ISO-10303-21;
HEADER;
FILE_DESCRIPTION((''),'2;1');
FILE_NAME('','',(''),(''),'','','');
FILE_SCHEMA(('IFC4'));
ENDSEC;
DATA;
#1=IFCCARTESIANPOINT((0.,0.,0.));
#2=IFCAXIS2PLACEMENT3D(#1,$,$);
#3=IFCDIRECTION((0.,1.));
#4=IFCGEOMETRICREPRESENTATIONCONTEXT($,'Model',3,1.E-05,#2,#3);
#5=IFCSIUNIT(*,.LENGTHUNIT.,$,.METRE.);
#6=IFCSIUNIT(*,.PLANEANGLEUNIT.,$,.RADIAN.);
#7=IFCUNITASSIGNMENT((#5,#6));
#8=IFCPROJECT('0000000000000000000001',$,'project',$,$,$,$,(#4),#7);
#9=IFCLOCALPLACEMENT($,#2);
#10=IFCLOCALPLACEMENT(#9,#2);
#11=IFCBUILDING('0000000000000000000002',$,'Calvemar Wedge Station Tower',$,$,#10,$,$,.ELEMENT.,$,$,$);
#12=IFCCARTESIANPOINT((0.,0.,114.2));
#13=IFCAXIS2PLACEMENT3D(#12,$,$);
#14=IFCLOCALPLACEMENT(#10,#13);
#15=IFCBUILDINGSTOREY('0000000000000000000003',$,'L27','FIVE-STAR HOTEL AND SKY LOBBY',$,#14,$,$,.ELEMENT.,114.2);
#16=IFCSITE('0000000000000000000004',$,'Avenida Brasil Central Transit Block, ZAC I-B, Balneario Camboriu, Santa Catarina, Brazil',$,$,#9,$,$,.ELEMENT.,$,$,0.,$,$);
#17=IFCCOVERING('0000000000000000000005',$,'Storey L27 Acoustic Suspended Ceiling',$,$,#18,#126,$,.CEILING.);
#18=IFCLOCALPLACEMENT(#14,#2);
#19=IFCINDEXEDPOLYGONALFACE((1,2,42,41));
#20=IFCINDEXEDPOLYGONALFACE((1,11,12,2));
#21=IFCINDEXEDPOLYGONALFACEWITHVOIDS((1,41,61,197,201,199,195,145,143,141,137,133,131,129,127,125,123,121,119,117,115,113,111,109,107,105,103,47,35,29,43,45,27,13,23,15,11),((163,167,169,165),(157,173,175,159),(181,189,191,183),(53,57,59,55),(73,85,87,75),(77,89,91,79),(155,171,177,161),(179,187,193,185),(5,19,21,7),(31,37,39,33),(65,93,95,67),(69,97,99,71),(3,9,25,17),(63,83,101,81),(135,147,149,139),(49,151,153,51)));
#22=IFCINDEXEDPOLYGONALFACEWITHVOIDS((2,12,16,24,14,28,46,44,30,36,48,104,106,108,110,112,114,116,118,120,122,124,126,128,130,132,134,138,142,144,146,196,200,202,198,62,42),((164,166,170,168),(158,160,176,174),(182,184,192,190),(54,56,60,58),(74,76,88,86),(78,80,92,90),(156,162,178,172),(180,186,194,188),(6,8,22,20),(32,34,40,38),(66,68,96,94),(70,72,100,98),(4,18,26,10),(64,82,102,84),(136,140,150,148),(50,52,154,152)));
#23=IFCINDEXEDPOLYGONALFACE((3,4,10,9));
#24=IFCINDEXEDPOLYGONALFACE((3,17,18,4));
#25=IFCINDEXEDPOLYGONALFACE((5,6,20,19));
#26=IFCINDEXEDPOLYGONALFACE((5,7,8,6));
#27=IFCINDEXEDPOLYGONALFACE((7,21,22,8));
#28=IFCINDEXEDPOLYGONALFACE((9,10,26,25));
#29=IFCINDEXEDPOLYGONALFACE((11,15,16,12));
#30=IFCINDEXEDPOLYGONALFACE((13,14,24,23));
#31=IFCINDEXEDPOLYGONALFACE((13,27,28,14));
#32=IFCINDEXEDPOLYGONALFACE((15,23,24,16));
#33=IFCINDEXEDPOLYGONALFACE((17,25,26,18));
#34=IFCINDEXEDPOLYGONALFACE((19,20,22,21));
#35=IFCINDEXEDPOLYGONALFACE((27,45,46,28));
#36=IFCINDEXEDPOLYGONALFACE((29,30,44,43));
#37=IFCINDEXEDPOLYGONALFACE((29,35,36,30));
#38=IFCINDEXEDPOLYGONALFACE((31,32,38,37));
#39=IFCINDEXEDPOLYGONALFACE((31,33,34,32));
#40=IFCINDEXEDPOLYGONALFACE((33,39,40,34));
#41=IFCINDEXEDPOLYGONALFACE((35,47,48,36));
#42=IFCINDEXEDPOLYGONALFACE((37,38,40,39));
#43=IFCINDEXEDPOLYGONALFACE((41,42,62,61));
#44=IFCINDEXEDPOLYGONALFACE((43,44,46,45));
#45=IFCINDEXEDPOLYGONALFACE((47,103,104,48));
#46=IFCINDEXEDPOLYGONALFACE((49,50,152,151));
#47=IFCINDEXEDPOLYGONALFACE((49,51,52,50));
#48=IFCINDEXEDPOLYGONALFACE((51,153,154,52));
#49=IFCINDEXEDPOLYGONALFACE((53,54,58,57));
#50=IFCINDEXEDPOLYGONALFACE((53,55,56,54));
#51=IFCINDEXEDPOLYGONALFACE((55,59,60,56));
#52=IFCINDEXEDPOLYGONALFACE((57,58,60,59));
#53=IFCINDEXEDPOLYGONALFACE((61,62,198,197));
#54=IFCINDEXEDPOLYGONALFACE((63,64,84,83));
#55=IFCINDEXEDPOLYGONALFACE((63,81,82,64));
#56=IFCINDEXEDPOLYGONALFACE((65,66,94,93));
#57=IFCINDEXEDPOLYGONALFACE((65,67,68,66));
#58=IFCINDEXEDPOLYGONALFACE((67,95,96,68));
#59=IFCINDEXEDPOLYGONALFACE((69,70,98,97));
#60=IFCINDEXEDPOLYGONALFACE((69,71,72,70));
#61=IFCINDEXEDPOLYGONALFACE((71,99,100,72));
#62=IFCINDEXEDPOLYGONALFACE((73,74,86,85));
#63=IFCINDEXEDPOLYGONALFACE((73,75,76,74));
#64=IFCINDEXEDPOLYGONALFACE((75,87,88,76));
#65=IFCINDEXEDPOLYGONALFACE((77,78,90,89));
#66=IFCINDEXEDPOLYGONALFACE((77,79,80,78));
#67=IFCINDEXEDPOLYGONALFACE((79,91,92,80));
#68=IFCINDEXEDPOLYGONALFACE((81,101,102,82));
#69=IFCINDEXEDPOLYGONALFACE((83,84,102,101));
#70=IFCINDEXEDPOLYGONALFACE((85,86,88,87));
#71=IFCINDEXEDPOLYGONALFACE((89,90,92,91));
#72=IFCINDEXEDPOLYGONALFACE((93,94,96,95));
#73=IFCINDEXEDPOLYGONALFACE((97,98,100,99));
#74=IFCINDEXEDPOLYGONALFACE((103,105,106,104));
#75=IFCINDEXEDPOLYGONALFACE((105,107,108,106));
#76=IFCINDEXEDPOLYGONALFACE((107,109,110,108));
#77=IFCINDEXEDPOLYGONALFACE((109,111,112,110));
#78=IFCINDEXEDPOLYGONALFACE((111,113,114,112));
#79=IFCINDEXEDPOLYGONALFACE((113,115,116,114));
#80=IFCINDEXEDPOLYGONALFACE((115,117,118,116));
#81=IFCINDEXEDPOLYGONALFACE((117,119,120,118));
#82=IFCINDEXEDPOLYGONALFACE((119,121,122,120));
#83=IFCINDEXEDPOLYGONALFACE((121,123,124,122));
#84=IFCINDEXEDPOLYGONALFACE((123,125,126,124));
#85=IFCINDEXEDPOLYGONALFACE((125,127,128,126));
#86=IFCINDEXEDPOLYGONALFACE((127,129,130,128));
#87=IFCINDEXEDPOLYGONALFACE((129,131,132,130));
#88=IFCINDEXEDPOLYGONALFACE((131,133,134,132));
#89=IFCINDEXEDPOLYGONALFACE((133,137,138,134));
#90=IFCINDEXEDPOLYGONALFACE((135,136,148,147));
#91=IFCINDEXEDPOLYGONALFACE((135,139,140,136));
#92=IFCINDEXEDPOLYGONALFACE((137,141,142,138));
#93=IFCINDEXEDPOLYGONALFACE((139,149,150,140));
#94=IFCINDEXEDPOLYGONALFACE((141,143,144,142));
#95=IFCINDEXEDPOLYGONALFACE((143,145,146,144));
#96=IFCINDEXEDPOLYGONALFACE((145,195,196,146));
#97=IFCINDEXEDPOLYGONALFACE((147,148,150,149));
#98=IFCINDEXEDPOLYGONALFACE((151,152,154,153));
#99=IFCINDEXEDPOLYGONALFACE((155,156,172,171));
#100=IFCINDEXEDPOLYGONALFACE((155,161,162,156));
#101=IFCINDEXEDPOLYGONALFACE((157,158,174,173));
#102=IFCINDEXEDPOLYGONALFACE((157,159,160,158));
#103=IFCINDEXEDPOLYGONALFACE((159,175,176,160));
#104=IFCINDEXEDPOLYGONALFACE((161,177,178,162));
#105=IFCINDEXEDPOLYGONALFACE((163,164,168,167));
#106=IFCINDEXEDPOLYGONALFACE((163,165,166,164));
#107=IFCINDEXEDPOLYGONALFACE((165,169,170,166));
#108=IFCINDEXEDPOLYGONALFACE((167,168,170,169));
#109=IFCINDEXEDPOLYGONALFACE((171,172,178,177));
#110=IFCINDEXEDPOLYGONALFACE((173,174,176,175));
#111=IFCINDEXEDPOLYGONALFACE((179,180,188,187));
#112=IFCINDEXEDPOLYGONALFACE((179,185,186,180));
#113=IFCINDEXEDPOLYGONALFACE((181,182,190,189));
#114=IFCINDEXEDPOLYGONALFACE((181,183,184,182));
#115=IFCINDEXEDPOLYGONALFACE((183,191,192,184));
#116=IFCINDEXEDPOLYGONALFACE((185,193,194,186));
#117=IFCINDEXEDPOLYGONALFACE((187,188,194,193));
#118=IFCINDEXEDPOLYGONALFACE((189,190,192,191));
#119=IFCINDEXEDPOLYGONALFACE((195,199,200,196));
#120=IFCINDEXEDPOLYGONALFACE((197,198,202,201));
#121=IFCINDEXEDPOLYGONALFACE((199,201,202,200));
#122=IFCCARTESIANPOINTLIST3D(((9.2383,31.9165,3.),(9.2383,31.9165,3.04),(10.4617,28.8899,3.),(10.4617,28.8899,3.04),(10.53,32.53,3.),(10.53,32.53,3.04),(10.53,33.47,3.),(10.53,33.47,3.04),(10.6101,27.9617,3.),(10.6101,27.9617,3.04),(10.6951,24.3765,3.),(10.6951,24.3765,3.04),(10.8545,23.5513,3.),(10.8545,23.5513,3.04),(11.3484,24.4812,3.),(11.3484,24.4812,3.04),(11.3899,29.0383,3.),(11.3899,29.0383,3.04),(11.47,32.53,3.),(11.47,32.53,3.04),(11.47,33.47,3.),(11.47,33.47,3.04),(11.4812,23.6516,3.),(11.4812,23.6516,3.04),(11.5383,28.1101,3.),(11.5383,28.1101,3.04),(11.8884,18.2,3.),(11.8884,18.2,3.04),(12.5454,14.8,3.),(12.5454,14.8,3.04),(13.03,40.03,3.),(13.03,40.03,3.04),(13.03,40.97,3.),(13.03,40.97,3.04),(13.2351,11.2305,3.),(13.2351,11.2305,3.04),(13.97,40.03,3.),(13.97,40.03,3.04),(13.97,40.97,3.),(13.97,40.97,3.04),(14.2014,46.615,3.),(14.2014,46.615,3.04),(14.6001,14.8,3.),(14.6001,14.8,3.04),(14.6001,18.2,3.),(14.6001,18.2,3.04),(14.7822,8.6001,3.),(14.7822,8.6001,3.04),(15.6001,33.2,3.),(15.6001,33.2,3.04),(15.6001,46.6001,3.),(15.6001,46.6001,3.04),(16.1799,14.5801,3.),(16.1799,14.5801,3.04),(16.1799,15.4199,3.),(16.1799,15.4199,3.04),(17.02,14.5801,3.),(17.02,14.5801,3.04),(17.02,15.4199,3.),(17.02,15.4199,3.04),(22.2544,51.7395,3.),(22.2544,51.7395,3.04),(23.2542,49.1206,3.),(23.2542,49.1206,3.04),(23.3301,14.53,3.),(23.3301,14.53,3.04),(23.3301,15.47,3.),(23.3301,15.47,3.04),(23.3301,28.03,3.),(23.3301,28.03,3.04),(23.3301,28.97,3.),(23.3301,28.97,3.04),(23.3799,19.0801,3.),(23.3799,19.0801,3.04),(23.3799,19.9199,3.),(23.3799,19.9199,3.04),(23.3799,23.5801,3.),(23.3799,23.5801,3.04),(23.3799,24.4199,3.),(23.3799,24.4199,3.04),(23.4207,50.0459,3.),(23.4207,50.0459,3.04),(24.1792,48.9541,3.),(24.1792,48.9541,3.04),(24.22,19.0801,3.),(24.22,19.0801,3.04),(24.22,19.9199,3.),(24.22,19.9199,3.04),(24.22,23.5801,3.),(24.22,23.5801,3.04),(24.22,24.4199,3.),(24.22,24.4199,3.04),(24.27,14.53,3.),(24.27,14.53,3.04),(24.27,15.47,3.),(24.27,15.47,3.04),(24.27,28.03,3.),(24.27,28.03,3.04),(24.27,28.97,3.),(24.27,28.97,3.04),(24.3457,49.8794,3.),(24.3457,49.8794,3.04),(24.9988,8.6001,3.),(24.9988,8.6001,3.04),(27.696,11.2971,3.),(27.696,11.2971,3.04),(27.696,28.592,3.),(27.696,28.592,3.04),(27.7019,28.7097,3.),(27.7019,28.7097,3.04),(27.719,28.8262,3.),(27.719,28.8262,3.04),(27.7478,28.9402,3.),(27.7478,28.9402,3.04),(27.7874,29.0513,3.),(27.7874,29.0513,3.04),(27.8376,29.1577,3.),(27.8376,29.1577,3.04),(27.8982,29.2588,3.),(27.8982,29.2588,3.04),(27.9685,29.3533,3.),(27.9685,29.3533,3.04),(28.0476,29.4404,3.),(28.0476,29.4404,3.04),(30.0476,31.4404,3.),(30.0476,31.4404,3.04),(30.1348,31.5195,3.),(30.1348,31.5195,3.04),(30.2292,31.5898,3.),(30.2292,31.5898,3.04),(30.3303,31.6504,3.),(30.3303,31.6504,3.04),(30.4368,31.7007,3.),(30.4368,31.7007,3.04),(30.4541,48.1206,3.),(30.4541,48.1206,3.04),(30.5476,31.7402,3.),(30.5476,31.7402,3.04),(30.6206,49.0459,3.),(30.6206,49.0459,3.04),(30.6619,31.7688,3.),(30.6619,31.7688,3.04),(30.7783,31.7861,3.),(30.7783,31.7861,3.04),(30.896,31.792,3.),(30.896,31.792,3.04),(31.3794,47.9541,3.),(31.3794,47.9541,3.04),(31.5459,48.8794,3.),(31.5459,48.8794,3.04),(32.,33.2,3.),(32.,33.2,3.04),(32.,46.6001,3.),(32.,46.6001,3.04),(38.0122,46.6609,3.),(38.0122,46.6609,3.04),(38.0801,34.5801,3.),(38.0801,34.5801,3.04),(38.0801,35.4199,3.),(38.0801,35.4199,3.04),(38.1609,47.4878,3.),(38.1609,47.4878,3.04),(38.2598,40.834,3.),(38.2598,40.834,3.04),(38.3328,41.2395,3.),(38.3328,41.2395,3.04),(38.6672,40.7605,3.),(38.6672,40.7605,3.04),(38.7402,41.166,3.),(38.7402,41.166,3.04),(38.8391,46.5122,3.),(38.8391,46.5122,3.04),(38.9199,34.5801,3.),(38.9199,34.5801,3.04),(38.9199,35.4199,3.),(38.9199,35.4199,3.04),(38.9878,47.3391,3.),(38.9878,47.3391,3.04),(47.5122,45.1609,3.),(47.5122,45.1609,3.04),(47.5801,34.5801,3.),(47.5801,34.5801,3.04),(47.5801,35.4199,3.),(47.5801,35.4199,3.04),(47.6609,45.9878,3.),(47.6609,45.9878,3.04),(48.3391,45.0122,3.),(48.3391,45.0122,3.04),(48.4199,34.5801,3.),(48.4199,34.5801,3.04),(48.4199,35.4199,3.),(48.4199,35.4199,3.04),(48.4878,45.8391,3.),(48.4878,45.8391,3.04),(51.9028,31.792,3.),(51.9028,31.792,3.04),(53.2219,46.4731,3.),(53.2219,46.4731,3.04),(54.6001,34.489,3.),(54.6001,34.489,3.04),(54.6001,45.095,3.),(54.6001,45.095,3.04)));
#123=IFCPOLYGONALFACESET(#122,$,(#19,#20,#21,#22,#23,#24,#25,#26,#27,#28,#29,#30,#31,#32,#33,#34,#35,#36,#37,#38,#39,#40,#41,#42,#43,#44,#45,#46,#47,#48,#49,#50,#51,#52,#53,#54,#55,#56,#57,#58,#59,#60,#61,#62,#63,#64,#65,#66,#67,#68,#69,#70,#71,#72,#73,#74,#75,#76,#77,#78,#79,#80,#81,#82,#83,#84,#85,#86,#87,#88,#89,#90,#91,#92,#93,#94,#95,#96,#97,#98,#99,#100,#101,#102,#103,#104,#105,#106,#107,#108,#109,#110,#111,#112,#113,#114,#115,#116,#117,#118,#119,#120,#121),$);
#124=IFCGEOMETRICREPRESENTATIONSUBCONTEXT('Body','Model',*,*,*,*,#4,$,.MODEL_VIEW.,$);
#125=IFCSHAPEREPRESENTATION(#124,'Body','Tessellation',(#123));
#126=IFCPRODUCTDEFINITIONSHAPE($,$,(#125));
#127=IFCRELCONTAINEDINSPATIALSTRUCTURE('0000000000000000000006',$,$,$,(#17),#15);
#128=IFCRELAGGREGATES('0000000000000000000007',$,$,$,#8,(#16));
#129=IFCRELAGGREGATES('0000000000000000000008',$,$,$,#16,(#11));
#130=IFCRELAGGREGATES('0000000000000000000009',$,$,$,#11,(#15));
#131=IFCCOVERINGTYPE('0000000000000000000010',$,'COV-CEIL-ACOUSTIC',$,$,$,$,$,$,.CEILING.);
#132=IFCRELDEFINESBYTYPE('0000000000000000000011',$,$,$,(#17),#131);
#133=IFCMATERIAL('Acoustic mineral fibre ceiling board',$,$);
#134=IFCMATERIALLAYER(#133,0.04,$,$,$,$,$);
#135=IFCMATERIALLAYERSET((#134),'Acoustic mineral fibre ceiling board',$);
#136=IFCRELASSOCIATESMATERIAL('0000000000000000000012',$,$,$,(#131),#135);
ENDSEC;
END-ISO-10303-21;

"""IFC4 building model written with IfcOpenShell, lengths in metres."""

from ifc_helpers import new_model, si_unit, direction, frame, origin, place, context, subcontext, project, spatial, polyline, outline, extrude, material, layer, layer_set, type_object, element, save


model = new_model("IFC4")

# Units and contexts
model_context = context("Model", 3, precision=1e-05, world=origin(), true_north=direction((0.0, 1.0)))
body_context = subcontext(model_context, "Body", "Model", "MODEL_VIEW")
ifc_project = project(units=[si_unit("LENGTHUNIT", "METRE"), si_unit("PLANEANGLEUNIT", "RADIAN")], contexts=[model_context])

# Site, building, storey
site_placement = place(None, origin())
site = spatial("IfcSite", under=ifc_project, at=site_placement, Name="Avenida Brasil Central Transit Block, ZAC I-B, Balneario Camboriu, Santa Catarina, Brazil", CompositionType="ELEMENT", RefElevation=0.0)
building_placement = place(site_placement, origin())
building = spatial("IfcBuilding", under=site, at=building_placement, Name="Calvemar Wedge Station Tower", CompositionType="ELEMENT")
storey_placement = place(building_placement, frame((0.0, 0.0, 114.2)))
storey = spatial("IfcBuildingStorey", under=building, at=storey_placement, Name="L27", Description="FIVE-STAR HOTEL AND SKY LOBBY", CompositionType="ELEMENT", Elevation=114.2)

# Covering
ifc_material_1 = material(Name="Acoustic mineral fibre ceiling board")
ifc_layer_1 = layer(ifc_material_1, 0.04)
ifc_layer_set_1 = layer_set([ifc_layer_1], Name="Acoustic mineral fibre ceiling board")
covering_type_1 = type_object("IfcCoveringType", Name="COV-CEIL-ACOUSTIC", PredefinedType="CEILING", material=ifc_layer_set_1)
covering_1_placement = place(storey_placement, frame((0.0, 0.0, 3.0)))
element("IfcCovering", 1, at=covering_1_placement, inside=storey, type_object=covering_type_1, Name="Storey L27 Acoustic Suspended Ceiling", PredefinedType="CEILING", context=body_context, shape_type="SweptSolid", body=[
    extrude(outline(polyline([(28.0476, 29.4404), (30.0476, 31.4404), (30.1348, 31.5195), (30.2292, 31.5898), (30.3303, 31.6504), (30.4368, 31.7007), (30.5476, 31.7402), (30.6619, 31.7688), (30.7783, 31.7861), (30.896, 31.792), (51.9028, 31.792), (54.6001, 34.489), (54.6001, 45.095), (53.2219, 46.4731), (22.2544, 51.7395), (14.2014, 46.615), (9.2383, 31.9165), (10.6951, 24.3765), (11.3484, 24.4812), (11.4812, 23.6516), (10.8545, 23.5513), (11.8884, 18.2), (14.6001, 18.2), (14.6001, 14.8), (12.5454, 14.8), (13.2351, 11.2305), (14.7822, 8.6001), (24.9988, 8.6001), (27.696, 11.2971), (27.696, 28.592), (27.7019, 28.7097), (27.719, 28.8262), (27.7478, 28.9402), (27.7874, 29.0513), (27.8376, 29.1577), (27.8982, 29.2588), (27.9685, 29.3533), (28.0476, 29.4404)]), holes=[polyline([(15.6001, 46.6001), (32.0, 46.6001), (32.0, 33.2), (15.6001, 33.2), (15.6001, 46.6001)]), polyline([(10.53, 32.53), (10.53, 33.47), (11.47, 33.47), (11.47, 32.53), (10.53, 32.53)]), polyline([(13.03, 40.97), (13.97, 40.97), (13.97, 40.03), (13.03, 40.03), (13.03, 40.97)]), polyline([(24.3457, 49.8794), (24.1792, 48.9541), (23.2542, 49.1206), (23.4207, 50.0459), (24.3457, 49.8794)]), polyline([(31.3794, 47.9541), (30.4541, 48.1206), (30.6206, 49.0459), (31.5459, 48.8794), (31.3794, 47.9541)]), polyline([(38.0122, 46.6609), (38.1609, 47.4878), (38.9878, 47.3391), (38.8391, 46.5122), (38.0122, 46.6609)]), polyline([(47.6609, 45.9878), (48.4878, 45.8391), (48.3391, 45.0122), (47.5122, 45.1609), (47.6609, 45.9878)]), polyline([(38.9199, 35.4199), (38.9199, 34.5801), (38.0801, 34.5801), (38.0801, 35.4199), (38.9199, 35.4199)]), polyline([(48.4199, 34.5801), (47.5801, 34.5801), (47.5801, 35.4199), (48.4199, 35.4199), (48.4199, 34.5801)]), polyline([(38.2598, 40.834), (38.3328, 41.2395), (38.7402, 41.166), (38.6672, 40.7605), (38.2598, 40.834)]), polyline([(11.3899, 29.0383), (11.5383, 28.1101), (10.6101, 27.9617), (10.4617, 28.8899), (11.3899, 29.0383)]), polyline([(24.27, 28.03), (23.3301, 28.03), (23.3301, 28.97), (24.27, 28.97), (24.27, 28.03)]), polyline([(23.3799, 23.5801), (23.3799, 24.4199), (24.22, 24.4199), (24.22, 23.5801), (23.3799, 23.5801)]), polyline([(23.3799, 19.9199), (24.22, 19.9199), (24.22, 19.0801), (23.3799, 19.0801), (23.3799, 19.9199)]), polyline([(24.27, 15.47), (24.27, 14.53), (23.3301, 14.53), (23.3301, 15.47), (24.27, 15.47)]), polyline([(17.02, 14.5801), (16.1799, 14.5801), (16.1799, 15.4199), (17.02, 15.4199), (17.02, 14.5801)])]), origin(), (0.0, 0.0, 1.0), 0.04),
])

save(model, "model.ifc")
